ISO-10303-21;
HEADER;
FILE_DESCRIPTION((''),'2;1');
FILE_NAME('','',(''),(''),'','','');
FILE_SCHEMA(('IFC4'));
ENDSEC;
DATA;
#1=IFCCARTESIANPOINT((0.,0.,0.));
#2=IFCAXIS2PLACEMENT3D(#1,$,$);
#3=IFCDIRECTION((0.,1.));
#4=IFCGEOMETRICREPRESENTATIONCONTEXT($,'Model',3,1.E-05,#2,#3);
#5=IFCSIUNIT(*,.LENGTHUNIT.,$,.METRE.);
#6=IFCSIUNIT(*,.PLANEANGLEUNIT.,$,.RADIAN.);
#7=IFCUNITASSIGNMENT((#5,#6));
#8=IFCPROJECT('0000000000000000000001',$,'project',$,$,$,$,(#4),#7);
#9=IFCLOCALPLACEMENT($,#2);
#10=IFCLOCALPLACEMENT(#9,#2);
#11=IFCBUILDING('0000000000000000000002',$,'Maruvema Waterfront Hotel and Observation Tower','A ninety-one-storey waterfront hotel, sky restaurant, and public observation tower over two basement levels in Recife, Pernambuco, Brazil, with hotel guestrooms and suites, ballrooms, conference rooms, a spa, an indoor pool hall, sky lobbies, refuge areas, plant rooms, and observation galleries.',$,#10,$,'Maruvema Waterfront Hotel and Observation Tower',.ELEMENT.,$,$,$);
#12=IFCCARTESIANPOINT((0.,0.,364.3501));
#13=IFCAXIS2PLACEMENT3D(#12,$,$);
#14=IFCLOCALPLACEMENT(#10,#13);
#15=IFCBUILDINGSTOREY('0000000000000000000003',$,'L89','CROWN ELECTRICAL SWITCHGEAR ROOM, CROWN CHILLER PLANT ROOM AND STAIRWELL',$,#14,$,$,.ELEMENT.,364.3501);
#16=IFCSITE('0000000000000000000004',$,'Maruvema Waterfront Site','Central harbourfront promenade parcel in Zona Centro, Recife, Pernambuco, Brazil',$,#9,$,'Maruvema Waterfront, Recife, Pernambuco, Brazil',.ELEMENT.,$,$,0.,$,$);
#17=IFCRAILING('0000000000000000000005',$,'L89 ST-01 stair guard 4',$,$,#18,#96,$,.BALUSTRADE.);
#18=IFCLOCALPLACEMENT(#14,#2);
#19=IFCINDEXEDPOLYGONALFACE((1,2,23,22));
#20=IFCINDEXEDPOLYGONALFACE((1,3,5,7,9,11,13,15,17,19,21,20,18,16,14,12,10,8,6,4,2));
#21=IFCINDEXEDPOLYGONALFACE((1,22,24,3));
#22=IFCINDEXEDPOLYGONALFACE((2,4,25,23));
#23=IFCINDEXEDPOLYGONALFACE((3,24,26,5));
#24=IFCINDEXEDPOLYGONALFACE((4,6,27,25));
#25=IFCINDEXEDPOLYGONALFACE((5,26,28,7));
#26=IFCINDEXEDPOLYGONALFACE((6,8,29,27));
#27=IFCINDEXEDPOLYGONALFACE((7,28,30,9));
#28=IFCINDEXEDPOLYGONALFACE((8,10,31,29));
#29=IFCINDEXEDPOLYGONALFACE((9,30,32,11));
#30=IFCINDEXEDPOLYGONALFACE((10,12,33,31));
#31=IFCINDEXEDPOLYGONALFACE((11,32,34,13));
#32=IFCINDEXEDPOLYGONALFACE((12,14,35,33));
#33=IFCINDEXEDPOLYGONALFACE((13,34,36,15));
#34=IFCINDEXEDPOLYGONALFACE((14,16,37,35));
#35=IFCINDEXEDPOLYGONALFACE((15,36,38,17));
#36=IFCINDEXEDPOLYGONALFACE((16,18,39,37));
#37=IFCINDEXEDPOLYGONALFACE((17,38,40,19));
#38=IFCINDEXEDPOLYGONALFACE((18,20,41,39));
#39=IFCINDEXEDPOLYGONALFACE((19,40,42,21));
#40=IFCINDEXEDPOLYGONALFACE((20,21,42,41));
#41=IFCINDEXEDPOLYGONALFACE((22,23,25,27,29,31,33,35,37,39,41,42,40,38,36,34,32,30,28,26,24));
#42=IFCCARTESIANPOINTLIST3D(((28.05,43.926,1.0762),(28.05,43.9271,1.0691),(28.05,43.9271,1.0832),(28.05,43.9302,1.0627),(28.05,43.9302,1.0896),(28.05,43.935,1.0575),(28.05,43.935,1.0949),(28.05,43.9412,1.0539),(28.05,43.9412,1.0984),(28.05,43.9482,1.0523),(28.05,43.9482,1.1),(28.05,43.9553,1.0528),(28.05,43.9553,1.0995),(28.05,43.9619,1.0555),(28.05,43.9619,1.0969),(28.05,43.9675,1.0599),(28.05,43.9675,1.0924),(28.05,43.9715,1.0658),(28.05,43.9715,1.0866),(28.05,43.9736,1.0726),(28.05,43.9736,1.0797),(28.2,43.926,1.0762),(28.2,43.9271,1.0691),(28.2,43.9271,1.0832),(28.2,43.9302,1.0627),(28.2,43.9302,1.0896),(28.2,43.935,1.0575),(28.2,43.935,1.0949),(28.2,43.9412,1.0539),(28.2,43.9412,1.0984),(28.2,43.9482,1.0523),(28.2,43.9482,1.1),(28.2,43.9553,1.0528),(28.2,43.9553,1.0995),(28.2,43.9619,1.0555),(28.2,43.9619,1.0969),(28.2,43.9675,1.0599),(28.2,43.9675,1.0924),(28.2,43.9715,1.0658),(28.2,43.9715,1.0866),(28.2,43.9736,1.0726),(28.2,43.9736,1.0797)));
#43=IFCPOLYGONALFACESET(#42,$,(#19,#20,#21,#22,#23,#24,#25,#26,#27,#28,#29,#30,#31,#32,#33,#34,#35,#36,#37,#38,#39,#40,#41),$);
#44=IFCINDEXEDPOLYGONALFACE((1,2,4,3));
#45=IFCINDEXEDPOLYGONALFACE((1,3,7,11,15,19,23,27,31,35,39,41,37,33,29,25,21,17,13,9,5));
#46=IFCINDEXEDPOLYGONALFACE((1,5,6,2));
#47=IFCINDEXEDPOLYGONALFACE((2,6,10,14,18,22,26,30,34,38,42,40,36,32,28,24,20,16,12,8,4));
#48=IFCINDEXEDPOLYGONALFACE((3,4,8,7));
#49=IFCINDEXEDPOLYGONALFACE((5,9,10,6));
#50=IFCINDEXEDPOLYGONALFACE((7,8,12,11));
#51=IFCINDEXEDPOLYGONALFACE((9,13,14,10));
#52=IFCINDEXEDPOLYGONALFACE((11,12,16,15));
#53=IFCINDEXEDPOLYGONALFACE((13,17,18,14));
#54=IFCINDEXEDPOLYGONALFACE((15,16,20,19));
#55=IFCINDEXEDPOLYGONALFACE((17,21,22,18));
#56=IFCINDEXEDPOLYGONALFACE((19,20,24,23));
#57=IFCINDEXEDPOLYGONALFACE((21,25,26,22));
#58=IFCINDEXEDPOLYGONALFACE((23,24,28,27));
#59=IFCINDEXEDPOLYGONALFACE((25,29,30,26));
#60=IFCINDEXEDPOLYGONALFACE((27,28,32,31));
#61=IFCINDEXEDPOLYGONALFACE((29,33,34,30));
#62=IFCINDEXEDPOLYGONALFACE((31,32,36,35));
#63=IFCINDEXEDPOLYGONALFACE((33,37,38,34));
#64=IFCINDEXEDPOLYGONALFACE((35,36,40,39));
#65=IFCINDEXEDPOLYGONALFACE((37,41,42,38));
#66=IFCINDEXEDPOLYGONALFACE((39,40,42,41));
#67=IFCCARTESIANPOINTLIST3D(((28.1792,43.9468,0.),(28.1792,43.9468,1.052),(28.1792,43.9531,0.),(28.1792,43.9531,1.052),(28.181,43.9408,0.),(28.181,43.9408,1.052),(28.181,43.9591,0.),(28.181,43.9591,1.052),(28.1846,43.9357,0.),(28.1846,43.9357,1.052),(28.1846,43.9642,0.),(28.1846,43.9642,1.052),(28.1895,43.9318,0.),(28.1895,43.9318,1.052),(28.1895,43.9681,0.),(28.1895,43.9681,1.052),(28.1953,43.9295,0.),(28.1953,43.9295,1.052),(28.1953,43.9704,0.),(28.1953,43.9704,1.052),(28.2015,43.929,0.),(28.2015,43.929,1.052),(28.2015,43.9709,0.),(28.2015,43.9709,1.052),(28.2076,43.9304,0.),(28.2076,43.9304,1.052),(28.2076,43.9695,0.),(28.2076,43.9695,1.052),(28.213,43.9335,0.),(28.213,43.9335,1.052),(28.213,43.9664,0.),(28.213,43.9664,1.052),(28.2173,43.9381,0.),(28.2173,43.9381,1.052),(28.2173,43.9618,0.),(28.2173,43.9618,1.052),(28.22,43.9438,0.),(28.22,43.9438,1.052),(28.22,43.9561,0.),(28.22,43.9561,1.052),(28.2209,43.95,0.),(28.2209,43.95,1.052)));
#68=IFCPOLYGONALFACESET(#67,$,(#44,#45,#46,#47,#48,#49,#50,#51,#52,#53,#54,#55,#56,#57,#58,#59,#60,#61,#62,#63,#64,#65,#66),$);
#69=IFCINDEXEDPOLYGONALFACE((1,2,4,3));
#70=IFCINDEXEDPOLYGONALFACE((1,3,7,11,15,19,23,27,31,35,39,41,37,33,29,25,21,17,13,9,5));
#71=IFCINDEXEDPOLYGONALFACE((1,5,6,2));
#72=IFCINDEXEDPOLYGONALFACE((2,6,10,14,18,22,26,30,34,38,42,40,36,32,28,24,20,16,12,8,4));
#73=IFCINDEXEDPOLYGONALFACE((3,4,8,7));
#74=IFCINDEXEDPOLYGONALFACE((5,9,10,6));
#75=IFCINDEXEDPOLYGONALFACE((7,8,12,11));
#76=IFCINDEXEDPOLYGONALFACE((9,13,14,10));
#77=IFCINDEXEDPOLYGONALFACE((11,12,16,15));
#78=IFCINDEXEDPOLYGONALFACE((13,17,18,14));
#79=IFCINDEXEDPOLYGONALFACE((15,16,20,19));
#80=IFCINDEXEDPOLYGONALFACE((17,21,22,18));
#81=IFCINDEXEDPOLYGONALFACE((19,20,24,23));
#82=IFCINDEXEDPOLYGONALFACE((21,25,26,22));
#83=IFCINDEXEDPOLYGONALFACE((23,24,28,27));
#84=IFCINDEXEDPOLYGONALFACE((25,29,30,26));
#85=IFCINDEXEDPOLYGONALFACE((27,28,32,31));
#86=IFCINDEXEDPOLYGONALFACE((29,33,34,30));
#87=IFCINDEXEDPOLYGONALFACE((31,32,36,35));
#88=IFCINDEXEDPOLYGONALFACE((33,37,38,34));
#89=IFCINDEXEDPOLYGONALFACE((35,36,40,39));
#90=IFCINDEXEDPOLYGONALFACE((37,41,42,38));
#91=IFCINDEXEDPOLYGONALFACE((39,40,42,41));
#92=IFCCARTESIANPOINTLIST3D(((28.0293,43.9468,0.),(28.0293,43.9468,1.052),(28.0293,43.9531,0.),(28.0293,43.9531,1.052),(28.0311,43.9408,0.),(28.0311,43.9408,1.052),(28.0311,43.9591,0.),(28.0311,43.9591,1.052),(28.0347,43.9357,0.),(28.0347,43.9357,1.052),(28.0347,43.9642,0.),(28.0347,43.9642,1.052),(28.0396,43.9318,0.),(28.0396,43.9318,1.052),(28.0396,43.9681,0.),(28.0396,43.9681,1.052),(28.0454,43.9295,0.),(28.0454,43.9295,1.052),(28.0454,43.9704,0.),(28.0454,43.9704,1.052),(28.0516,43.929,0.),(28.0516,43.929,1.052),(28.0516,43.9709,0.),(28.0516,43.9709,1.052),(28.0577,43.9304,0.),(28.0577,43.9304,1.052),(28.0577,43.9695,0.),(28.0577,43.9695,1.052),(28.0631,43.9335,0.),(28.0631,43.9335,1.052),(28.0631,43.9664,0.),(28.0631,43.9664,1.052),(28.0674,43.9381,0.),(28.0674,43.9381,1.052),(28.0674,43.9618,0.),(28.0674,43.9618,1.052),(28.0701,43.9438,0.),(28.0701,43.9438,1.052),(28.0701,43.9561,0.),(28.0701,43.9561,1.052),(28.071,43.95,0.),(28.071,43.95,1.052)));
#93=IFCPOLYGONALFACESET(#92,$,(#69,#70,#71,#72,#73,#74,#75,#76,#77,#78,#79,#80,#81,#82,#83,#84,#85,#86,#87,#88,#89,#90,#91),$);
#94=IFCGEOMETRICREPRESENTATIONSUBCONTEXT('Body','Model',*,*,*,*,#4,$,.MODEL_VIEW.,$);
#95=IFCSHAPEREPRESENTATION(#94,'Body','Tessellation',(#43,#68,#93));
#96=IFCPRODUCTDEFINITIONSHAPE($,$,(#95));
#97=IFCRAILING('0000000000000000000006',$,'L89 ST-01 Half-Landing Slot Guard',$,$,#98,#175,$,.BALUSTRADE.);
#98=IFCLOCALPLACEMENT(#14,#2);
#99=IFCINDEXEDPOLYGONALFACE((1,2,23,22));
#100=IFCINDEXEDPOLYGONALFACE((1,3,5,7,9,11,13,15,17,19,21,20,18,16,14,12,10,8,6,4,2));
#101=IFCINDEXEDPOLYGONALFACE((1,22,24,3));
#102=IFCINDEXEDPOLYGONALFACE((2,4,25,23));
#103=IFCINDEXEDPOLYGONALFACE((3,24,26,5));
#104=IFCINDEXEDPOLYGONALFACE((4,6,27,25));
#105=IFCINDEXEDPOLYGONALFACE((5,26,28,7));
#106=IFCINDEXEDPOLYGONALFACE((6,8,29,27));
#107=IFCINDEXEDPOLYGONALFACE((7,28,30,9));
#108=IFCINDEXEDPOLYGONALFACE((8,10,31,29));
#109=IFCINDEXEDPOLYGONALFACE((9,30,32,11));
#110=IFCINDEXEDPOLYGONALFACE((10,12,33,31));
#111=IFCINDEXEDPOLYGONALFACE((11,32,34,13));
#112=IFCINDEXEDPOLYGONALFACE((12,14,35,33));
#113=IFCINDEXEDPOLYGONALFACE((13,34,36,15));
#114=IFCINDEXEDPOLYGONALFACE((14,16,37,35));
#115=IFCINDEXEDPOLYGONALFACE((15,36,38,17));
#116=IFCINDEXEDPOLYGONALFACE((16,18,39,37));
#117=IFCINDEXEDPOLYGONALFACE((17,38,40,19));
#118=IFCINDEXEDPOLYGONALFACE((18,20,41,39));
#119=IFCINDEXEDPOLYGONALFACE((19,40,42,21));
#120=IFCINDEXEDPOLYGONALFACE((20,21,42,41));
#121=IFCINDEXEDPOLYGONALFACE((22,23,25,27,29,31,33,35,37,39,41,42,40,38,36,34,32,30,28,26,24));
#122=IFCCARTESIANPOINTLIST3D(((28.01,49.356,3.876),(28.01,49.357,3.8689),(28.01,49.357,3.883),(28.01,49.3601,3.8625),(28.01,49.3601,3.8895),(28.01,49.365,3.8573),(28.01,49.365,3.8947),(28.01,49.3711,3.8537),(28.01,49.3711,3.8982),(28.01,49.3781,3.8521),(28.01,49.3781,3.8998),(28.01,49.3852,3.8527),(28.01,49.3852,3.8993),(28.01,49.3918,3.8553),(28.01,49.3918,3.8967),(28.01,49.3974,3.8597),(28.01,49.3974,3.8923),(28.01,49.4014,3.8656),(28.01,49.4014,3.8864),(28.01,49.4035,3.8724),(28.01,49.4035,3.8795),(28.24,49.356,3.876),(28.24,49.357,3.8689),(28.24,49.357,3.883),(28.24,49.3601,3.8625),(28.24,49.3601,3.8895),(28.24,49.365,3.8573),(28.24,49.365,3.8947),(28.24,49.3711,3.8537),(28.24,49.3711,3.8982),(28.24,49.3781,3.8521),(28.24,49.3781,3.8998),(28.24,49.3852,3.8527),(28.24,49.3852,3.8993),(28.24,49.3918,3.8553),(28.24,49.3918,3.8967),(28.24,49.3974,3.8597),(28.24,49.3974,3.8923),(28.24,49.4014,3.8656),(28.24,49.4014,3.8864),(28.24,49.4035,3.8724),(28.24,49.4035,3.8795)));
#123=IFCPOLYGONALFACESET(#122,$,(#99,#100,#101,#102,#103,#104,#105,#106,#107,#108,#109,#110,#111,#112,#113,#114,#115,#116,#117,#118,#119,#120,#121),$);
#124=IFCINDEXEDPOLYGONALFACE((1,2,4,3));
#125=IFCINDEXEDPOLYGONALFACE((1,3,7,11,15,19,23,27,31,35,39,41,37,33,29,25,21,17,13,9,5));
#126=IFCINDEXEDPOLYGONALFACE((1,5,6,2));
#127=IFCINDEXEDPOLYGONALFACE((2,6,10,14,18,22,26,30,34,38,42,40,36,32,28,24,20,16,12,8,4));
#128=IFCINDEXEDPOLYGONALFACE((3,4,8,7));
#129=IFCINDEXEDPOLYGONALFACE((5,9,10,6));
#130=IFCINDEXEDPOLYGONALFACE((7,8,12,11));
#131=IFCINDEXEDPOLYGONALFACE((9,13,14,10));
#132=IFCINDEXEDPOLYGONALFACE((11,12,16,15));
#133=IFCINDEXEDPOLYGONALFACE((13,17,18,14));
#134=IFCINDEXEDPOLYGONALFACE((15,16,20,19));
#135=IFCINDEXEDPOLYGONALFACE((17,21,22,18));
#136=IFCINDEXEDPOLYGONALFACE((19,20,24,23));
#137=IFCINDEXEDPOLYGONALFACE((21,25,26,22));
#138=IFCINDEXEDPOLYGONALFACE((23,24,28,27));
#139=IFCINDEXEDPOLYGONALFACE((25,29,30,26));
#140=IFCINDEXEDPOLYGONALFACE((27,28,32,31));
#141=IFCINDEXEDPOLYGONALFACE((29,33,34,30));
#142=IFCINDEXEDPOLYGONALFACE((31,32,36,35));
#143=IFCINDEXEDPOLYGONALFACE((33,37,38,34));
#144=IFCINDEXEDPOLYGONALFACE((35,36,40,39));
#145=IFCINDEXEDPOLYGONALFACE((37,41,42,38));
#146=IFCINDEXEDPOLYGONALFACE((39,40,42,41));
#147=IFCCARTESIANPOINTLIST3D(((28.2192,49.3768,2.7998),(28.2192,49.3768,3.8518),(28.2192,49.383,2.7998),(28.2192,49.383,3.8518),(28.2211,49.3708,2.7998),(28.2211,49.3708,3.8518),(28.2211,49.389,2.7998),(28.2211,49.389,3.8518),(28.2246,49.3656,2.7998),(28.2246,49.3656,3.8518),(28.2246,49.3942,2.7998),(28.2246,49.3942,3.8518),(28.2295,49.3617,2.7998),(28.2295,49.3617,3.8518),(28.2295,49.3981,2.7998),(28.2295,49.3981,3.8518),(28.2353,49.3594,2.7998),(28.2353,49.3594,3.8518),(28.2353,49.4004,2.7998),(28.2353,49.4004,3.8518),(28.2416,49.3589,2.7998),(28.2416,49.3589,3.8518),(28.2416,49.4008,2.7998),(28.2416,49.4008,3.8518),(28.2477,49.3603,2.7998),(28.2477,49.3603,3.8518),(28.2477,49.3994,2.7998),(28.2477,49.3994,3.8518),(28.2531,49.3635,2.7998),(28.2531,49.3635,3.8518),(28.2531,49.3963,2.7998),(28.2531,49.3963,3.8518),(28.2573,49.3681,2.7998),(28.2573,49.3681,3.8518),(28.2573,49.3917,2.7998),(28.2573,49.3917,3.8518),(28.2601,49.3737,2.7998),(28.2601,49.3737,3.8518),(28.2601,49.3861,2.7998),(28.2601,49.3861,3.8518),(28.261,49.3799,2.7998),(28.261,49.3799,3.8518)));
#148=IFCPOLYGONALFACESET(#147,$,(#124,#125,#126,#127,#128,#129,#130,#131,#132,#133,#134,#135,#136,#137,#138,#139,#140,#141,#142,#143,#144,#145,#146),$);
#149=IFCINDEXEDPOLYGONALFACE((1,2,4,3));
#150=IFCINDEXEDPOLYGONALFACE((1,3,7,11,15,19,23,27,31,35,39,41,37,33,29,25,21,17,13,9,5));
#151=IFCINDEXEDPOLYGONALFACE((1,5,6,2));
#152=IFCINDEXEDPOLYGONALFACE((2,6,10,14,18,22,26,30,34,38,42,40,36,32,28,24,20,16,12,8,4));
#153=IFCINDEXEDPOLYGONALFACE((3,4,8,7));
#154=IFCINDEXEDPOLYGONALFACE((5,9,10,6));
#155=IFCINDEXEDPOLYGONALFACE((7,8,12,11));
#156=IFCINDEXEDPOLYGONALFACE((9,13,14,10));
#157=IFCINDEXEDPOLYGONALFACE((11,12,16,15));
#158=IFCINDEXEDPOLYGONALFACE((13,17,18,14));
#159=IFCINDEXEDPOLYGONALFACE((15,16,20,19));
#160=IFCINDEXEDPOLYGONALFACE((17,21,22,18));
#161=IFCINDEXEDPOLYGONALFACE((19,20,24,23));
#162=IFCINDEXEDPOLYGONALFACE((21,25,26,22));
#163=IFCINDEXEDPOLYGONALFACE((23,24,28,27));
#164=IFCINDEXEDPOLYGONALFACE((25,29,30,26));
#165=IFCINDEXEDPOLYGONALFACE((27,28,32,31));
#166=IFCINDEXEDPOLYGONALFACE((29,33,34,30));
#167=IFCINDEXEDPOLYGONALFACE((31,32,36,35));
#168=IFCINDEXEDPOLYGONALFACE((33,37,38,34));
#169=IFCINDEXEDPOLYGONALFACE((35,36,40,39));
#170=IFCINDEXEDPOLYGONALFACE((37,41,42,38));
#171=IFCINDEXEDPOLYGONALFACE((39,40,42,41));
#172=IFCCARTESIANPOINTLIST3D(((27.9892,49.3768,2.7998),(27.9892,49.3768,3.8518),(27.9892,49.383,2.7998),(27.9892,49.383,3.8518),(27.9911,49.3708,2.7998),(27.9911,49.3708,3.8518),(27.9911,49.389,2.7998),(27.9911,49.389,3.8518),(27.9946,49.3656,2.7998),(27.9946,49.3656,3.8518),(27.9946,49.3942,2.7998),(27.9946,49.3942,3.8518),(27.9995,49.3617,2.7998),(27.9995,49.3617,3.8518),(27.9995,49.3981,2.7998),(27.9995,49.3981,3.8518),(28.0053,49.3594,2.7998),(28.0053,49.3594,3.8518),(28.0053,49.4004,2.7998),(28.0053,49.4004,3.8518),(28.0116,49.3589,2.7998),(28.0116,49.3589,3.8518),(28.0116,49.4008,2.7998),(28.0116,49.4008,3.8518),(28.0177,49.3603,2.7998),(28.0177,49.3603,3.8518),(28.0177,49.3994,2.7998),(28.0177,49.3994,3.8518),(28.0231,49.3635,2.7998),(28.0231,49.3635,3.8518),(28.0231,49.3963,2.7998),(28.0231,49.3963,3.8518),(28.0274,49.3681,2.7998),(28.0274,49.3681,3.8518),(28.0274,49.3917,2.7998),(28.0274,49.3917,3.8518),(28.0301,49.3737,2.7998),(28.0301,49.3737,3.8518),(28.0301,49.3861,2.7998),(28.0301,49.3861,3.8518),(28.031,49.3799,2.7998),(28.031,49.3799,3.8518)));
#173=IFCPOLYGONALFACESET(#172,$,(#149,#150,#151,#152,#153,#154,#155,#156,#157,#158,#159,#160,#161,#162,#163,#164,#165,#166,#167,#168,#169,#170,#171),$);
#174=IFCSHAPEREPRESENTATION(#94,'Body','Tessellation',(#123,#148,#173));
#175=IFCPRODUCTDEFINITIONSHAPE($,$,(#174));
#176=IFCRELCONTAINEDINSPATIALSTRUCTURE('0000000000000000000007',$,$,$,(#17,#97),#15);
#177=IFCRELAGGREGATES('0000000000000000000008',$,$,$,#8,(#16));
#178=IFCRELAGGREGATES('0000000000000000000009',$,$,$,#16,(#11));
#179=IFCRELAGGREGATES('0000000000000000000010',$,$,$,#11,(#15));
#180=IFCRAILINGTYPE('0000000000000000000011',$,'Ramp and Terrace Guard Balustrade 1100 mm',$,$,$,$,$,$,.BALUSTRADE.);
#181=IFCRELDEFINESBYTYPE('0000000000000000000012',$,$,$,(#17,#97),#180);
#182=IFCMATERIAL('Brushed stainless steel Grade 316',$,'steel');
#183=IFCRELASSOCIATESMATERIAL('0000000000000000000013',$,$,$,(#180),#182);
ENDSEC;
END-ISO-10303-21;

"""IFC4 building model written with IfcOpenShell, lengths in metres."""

from ifc_helpers import new_model, si_unit, direction, frame, origin, origin_2d, place, context, subcontext, project, spatial, circle, extrude, material, type_object, element, save


model = new_model("IFC4")

# Units and contexts
model_context = context("Model", 3, precision=1e-05, world=origin(), true_north=direction((0.0, 1.0)))
body_context = subcontext(model_context, "Body", "Model", "MODEL_VIEW")
ifc_project = project(units=[si_unit("LENGTHUNIT", "METRE"), si_unit("PLANEANGLEUNIT", "RADIAN")], contexts=[model_context])

# Site, building, storey
site_placement = place(None, origin())
site = spatial("IfcSite", under=ifc_project, at=site_placement, Name="Maruvema Waterfront Site", Description="Central harbourfront promenade parcel in Zona Centro, Recife, Pernambuco, Brazil", LongName="Maruvema Waterfront, Recife, Pernambuco, Brazil", CompositionType="ELEMENT", RefElevation=0.0)
building_placement = place(site_placement, origin())
building = spatial("IfcBuilding", under=site, at=building_placement, Name="Maruvema Waterfront Hotel and Observation Tower", Description="A ninety-one-storey waterfront hotel, sky restaurant, and public observation tower over two basement levels in Recife, Pernambuco, Brazil, with hotel guestrooms and suites, ballrooms, conference rooms, a spa, an indoor pool hall, sky lobbies, refuge areas, plant rooms, and observation galleries.", LongName="Maruvema Waterfront Hotel and Observation Tower", CompositionType="ELEMENT")
storey_placement = place(building_placement, frame((0.0, 0.0, 364.3501)))
storey = spatial("IfcBuildingStorey", under=building, at=storey_placement, Name="L89", Description="CROWN ELECTRICAL SWITCHGEAR ROOM, CROWN CHILLER PLANT ROOM AND STAIRWELL", CompositionType="ELEMENT", Elevation=364.3501)

# Railings
ifc_material_1 = material(Name="Brushed stainless steel Grade 316", Category="steel")
railing_type_1 = type_object("IfcRailingType", Name="Ramp and Terrace Guard Balustrade 1100 mm", PredefinedType="BALUSTRADE", material=ifc_material_1)
railing_1_placement = place(storey_placement, frame((28.2, 43.95, 0.0)))
element("IfcRailing", 1, at=railing_1_placement, inside=storey, type_object=railing_type_1, Name="L89 ST-01 stair guard 4", PredefinedType="BALUSTRADE", context=body_context, shape_type="SweptSolid", body=[
    extrude(circle(Radius=0.0239, at=origin_2d()), frame((0.0, 0.0, 1.0762), z_axis=(-1.0, 0.0, 0.0), x_axis=(0.0, -1.0, 0.0)), (0.0, 0.0, 1.0), 0.1499),
    extrude(circle(Radius=0.021, at=origin_2d()), origin(), (0.0, 0.0, 1.0), 1.052),
    extrude(circle(Radius=0.021, at=origin_2d()), frame((-0.1499, 0.0, 0.0)), (0.0, 0.0, 1.0), 1.052),
])
railing_2_placement = place(storey_placement, frame((28.24, 49.3799, 2.7998)))
element("IfcRailing", 2, at=railing_2_placement, inside=storey, type_object=railing_type_1, Name="L89 ST-01 Half-Landing Slot Guard", PredefinedType="BALUSTRADE", context=body_context, shape_type="SweptSolid", body=[
    extrude(circle(Radius=0.0239, at=origin_2d()), frame((0.0, 0.0, 1.0762), z_axis=(-1.0, 0.0, 0.0), x_axis=(0.0, -1.0, 0.0)), (0.0, 0.0, 1.0), 0.23),
    extrude(circle(Radius=0.021, at=origin_2d()), origin(), (0.0, 0.0, 1.0), 1.052),
    extrude(circle(Radius=0.021, at=origin_2d()), frame((-0.23, 0.0, 0.0)), (0.0, 0.0, 1.0), 1.052),
])

save(model, "model.ifc")
